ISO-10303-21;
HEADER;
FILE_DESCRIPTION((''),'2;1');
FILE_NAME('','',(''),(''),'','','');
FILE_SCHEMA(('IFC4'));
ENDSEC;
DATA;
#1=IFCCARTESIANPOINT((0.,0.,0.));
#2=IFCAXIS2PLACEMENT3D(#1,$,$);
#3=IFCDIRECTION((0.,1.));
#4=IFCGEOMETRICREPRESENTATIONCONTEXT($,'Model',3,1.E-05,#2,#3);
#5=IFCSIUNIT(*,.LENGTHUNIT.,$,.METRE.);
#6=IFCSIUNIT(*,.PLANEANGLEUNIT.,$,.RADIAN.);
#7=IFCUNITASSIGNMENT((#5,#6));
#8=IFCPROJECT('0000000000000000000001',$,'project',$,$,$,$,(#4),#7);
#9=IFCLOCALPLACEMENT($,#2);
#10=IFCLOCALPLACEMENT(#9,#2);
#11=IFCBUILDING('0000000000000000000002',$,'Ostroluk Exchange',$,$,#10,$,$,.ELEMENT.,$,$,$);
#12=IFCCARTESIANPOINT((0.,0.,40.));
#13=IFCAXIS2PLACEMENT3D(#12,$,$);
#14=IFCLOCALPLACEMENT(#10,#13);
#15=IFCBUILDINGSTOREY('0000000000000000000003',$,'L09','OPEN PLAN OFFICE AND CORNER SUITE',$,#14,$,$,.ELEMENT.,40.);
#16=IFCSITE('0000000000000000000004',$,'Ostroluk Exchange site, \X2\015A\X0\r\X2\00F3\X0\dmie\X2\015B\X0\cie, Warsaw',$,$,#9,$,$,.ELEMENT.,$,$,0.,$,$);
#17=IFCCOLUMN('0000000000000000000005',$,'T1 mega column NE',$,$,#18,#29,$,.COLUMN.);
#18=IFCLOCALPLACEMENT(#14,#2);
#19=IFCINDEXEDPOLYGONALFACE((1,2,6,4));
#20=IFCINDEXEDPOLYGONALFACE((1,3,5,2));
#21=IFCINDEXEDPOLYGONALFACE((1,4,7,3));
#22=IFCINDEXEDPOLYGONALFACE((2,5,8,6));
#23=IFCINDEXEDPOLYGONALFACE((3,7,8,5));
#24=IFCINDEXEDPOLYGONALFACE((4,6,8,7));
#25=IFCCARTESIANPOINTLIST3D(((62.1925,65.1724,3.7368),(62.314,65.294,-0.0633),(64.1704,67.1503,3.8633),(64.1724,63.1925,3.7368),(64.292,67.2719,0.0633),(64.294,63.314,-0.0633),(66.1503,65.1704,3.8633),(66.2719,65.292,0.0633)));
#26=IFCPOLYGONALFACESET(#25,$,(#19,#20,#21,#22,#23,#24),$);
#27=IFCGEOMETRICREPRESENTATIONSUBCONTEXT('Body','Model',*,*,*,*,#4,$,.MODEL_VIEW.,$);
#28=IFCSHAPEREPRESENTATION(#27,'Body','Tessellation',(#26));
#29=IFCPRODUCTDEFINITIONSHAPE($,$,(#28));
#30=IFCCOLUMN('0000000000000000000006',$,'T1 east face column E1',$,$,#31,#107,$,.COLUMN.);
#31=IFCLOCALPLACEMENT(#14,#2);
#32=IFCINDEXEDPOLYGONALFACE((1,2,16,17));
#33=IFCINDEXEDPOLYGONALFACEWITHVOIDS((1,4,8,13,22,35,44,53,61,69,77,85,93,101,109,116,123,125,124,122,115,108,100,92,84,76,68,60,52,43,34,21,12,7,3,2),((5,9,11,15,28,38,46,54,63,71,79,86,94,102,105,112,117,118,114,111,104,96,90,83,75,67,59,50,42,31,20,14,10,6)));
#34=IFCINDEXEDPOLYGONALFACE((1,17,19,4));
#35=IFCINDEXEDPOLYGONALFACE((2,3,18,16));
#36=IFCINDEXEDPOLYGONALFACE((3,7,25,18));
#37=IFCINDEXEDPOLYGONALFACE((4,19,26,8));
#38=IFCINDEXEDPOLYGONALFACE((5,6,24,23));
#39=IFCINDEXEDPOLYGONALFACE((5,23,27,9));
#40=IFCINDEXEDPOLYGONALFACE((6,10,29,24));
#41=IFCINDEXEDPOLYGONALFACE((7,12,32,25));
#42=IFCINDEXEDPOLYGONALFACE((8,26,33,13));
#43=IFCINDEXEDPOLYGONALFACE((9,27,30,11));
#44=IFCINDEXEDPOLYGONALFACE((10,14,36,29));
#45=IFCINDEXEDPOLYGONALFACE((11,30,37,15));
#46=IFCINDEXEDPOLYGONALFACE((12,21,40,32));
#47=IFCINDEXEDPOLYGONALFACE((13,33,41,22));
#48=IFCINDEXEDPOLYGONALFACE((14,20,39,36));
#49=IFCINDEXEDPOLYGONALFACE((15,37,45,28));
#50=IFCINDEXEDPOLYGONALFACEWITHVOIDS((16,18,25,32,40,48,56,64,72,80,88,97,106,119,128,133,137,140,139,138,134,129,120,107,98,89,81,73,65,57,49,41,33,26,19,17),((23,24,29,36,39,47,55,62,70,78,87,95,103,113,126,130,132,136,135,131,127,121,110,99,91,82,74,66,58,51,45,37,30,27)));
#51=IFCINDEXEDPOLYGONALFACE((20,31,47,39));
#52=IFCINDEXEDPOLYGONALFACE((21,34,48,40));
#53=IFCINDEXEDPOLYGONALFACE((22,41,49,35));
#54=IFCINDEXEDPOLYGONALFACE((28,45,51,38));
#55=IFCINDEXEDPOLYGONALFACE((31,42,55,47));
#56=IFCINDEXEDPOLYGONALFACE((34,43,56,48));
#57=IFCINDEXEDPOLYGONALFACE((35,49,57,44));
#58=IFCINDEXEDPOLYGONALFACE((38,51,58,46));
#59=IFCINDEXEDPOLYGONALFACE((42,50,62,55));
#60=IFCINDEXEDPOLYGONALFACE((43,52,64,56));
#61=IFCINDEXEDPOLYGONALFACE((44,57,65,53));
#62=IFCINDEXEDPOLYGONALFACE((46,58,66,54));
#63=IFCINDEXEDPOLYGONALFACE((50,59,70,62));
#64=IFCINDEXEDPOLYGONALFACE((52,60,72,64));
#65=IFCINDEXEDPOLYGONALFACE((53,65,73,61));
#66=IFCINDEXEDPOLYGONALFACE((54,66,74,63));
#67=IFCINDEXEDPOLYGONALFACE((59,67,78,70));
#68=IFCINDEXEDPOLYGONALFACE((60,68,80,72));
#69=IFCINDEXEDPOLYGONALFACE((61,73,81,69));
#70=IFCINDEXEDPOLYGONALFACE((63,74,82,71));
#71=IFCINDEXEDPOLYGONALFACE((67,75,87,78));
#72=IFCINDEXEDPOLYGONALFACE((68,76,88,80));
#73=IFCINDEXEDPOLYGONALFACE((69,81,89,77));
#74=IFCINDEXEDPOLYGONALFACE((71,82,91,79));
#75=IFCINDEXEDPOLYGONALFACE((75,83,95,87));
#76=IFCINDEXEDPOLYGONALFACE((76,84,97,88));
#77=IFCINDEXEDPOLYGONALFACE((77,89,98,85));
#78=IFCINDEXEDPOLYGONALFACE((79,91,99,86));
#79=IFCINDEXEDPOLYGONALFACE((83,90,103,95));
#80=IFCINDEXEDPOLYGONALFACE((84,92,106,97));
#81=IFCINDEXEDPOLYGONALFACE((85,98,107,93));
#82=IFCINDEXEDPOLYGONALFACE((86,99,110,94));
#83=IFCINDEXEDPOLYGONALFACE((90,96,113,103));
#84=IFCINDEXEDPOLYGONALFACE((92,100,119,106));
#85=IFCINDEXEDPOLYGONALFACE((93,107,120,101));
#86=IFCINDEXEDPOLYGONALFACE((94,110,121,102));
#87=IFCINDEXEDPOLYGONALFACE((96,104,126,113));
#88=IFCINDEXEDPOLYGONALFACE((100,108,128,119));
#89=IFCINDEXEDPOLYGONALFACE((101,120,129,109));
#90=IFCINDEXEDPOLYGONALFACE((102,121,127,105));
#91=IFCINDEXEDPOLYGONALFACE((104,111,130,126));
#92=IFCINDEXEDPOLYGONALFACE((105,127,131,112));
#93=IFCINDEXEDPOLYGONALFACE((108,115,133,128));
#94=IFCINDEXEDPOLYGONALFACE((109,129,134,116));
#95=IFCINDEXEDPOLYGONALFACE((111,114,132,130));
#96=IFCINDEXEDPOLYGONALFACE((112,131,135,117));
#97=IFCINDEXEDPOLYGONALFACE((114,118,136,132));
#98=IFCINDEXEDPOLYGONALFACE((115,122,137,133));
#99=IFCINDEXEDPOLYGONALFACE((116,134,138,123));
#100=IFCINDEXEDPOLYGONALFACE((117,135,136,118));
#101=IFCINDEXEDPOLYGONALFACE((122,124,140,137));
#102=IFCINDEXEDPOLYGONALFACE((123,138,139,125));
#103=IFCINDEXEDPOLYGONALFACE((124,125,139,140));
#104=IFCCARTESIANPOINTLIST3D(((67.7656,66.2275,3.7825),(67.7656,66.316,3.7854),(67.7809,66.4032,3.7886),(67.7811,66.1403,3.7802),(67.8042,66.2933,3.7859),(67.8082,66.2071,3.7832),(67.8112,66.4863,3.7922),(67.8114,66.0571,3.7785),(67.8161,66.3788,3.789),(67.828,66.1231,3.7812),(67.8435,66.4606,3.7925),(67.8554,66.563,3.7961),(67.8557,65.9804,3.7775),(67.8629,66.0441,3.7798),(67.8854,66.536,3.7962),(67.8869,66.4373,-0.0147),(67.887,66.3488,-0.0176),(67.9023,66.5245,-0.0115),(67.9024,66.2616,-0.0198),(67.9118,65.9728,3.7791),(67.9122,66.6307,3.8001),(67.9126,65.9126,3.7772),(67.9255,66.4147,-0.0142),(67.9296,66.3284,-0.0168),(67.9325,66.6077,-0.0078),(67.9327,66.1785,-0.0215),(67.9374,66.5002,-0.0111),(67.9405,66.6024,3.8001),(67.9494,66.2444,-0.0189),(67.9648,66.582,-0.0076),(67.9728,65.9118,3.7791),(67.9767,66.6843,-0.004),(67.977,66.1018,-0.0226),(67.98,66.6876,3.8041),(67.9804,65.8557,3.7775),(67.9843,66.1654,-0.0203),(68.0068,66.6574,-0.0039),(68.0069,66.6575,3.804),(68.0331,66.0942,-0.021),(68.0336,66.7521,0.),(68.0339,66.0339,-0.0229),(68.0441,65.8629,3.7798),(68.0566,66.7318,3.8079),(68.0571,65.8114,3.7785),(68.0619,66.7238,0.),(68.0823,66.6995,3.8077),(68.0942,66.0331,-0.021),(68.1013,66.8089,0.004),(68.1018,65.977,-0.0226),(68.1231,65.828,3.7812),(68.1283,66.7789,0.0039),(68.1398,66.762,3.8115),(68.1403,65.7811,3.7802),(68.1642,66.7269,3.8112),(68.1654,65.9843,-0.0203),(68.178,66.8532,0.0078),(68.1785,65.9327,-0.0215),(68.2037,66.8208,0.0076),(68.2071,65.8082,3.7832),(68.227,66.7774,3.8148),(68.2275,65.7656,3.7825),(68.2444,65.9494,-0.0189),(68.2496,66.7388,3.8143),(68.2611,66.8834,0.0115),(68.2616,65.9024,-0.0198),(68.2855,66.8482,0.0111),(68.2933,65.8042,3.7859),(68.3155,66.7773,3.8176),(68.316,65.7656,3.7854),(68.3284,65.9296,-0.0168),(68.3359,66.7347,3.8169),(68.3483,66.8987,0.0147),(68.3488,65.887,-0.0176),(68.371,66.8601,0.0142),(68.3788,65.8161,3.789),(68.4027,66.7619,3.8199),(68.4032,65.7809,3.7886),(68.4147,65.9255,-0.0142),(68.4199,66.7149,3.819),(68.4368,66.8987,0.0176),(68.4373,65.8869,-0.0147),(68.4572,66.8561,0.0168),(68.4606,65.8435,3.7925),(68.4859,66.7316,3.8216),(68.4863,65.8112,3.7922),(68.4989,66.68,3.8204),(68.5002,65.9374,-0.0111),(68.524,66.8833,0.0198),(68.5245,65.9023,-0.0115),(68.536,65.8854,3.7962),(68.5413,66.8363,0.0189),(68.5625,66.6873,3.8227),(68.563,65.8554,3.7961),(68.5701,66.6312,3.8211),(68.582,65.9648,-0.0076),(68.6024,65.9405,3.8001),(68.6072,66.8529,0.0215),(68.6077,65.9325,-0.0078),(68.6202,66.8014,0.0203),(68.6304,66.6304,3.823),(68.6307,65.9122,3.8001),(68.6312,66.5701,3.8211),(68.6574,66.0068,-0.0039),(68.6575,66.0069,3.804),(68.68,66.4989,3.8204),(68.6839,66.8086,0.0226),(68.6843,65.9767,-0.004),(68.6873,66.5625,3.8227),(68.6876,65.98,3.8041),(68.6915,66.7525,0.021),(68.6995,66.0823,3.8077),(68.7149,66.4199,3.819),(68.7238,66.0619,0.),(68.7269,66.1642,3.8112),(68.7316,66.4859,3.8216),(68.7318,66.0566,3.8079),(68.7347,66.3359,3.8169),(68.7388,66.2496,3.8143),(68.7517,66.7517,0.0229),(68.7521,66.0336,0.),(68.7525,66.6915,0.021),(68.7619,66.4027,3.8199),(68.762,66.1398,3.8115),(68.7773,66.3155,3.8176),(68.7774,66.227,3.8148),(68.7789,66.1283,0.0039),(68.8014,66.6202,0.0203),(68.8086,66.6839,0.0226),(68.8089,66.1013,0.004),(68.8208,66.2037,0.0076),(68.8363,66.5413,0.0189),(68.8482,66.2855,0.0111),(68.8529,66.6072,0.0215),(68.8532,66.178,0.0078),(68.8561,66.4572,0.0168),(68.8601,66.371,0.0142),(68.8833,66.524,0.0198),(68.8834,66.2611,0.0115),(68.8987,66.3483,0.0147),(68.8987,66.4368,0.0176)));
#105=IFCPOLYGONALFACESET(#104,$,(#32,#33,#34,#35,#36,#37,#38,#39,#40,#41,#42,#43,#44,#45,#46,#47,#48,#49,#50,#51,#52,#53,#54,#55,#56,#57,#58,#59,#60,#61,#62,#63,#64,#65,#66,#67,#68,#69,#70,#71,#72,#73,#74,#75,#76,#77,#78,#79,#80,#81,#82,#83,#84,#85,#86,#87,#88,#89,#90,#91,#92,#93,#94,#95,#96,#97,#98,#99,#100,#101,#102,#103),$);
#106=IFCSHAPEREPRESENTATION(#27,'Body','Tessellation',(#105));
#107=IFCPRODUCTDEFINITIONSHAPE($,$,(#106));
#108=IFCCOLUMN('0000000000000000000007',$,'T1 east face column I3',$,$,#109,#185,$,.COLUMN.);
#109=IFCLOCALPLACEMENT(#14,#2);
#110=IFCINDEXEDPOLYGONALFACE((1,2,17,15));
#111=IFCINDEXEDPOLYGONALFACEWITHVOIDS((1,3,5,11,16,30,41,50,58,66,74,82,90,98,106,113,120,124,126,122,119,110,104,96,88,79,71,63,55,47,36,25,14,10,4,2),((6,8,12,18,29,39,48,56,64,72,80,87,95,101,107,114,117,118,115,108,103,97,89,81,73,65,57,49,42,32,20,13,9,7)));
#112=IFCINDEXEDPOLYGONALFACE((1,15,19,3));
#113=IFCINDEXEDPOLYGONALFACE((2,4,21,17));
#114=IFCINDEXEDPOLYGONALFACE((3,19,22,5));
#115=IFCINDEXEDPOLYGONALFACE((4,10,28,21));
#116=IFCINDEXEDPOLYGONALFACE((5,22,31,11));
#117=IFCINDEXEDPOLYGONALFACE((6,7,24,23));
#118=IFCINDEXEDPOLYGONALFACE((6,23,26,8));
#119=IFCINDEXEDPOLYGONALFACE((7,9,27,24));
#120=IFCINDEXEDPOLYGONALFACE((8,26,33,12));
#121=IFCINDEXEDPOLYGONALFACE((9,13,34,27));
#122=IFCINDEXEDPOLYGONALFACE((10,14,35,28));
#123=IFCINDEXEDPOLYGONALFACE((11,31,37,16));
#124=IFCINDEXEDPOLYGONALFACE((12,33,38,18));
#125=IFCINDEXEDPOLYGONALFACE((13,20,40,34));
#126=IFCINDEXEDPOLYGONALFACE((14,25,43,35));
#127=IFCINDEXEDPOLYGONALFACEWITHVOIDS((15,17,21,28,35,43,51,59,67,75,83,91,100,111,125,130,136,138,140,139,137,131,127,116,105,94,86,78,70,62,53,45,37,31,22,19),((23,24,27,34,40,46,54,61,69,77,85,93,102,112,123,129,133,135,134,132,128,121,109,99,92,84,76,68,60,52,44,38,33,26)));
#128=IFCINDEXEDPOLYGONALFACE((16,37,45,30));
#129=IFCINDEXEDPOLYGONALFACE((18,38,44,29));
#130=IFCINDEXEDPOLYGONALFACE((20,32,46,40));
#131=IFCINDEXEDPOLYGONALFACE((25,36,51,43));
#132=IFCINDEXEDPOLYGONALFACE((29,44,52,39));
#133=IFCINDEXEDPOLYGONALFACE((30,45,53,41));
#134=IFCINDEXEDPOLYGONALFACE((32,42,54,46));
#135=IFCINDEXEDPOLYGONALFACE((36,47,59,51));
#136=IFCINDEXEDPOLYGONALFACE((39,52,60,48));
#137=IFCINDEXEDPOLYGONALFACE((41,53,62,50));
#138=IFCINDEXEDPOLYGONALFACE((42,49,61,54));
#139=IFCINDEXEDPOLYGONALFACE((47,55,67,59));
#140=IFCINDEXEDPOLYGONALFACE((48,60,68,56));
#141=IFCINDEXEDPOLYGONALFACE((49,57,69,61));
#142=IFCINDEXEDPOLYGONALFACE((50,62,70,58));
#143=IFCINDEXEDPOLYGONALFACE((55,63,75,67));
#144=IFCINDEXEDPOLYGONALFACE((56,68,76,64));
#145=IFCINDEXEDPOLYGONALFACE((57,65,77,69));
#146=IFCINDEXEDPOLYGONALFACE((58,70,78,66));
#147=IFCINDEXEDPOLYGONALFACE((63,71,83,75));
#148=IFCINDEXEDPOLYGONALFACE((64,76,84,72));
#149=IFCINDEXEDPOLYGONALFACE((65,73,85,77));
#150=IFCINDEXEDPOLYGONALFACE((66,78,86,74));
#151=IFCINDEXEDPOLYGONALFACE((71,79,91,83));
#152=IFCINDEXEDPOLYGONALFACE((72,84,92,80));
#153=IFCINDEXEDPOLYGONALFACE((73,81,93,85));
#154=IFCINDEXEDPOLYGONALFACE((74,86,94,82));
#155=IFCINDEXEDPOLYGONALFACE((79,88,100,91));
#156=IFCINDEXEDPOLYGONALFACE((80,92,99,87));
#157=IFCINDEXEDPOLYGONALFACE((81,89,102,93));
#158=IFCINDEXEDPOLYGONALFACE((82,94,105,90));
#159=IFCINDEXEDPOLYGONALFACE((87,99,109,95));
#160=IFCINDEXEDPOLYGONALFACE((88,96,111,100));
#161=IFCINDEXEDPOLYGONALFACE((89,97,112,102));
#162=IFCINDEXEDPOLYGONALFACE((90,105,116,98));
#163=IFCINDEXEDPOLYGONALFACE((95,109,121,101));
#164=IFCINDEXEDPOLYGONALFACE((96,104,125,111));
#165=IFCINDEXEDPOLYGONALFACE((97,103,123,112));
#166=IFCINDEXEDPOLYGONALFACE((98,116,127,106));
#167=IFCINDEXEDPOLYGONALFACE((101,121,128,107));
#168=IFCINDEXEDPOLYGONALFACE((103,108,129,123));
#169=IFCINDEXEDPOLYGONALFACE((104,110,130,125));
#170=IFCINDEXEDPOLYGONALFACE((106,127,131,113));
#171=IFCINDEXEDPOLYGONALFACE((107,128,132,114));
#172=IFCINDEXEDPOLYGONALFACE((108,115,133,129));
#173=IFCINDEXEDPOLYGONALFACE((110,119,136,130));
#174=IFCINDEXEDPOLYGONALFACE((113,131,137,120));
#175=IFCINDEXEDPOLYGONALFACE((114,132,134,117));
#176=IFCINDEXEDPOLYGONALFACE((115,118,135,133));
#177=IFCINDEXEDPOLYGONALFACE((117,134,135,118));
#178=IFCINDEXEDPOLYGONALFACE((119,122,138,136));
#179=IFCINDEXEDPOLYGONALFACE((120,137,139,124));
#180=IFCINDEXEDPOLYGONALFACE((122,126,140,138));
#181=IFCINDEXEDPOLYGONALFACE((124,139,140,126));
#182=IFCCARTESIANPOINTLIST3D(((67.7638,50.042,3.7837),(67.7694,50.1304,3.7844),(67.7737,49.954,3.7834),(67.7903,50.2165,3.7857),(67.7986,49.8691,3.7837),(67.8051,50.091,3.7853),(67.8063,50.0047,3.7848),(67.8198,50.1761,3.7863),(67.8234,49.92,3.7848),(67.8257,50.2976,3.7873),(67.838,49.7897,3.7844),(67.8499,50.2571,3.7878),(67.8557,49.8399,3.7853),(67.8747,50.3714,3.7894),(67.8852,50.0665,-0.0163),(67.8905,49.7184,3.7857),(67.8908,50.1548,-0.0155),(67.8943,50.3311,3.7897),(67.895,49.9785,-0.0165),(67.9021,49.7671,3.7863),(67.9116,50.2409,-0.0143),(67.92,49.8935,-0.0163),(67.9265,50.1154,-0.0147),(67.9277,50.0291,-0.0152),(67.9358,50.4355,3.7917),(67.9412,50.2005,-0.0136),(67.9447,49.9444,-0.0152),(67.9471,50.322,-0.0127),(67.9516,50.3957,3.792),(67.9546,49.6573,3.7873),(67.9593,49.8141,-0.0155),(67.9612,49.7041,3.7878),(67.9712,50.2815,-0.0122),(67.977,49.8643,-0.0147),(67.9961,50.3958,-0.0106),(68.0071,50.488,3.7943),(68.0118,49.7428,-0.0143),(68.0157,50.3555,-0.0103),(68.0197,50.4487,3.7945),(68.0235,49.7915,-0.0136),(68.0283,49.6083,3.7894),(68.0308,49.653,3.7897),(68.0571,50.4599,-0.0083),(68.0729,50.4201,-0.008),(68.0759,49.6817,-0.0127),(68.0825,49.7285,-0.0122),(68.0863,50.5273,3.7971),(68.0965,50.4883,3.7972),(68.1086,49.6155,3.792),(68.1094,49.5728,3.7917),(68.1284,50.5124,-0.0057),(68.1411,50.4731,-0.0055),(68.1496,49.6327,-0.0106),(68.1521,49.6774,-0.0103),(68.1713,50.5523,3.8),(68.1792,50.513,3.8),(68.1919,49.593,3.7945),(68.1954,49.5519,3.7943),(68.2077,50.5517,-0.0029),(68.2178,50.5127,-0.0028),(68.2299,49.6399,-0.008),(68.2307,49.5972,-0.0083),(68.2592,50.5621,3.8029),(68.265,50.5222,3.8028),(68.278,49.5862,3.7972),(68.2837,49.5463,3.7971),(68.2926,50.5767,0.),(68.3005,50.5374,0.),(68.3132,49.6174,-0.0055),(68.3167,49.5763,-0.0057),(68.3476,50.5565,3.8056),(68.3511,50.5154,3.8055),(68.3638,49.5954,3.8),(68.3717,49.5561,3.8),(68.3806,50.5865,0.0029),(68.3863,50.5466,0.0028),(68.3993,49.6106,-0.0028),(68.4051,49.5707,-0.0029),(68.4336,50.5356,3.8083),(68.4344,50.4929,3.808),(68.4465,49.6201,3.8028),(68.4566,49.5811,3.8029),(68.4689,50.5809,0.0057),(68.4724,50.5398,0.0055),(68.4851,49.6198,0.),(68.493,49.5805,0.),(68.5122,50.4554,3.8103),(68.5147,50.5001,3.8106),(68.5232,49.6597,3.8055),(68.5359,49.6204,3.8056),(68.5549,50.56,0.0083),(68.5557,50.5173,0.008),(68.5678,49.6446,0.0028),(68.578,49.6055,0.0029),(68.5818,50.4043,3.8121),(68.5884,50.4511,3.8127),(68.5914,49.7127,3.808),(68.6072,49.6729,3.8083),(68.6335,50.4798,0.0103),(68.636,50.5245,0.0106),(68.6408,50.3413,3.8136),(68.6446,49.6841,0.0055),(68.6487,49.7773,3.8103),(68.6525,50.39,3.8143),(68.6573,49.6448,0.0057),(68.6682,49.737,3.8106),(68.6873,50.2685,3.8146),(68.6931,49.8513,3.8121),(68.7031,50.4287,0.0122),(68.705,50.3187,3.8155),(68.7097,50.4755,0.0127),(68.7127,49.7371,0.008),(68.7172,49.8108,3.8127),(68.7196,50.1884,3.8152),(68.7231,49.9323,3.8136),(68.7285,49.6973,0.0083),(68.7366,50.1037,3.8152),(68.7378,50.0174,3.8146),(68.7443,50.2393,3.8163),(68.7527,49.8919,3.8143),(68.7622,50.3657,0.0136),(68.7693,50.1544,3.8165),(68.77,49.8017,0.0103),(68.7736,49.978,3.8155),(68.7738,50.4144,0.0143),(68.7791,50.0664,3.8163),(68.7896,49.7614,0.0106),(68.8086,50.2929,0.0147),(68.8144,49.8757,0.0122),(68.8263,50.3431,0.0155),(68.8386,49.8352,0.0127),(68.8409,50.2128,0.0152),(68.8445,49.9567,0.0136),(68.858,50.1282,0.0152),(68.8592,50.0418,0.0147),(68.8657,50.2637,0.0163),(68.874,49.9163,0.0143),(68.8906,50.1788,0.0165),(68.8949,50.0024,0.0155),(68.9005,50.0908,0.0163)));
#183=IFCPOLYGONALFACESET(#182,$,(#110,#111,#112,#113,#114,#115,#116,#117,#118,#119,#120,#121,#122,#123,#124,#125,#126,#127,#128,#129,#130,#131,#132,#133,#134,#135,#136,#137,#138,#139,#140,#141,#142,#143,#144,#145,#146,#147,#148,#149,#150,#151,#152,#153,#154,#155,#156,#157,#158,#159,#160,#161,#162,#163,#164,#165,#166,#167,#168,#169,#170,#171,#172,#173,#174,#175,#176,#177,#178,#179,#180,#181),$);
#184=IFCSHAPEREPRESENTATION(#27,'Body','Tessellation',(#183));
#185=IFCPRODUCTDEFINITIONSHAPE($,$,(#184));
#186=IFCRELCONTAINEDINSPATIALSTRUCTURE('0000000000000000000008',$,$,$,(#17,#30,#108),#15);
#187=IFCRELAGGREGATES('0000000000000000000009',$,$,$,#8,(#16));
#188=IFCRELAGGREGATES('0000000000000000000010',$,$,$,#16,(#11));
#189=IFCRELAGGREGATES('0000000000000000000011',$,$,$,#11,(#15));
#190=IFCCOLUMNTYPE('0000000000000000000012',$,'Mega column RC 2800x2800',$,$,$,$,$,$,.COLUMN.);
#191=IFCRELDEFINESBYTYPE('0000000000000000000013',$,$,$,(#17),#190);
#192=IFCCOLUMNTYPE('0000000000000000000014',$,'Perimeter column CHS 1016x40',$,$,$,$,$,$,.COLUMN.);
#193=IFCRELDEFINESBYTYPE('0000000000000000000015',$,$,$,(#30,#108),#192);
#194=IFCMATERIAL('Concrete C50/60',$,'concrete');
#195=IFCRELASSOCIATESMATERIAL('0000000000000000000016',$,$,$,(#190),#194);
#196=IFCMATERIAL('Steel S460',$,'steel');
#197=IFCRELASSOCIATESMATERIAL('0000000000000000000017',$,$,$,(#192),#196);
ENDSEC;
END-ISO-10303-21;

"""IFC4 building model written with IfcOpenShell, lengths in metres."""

from ifc_helpers import new_model, si_unit, direction, frame, origin, origin_2d, place, context, subcontext, project, spatial, rectangle, hollow_circle, extrude, material, material_profile, profile_set, type_object, element, save


model = new_model("IFC4")

# Units and contexts
model_context = context("Model", 3, precision=1e-05, world=origin(), true_north=direction((0.0, 1.0)))
body_context = subcontext(model_context, "Body", "Model", "MODEL_VIEW")
ifc_project = project(units=[si_unit("LENGTHUNIT", "METRE"), si_unit("PLANEANGLEUNIT", "RADIAN")], contexts=[model_context])

# Site, building, storey
site_placement = place(None, origin())
site = spatial("IfcSite", under=ifc_project, at=site_placement, Name="Ostroluk Exchange site, Śródmieście, Warsaw", CompositionType="ELEMENT", RefElevation=0.0)
building_placement = place(site_placement, origin())
building = spatial("IfcBuilding", under=site, at=building_placement, Name="Ostroluk Exchange", CompositionType="ELEMENT")
storey_placement = place(building_placement, frame((0.0, 0.0, 40.0)))
storey = spatial("IfcBuildingStorey", under=building, at=storey_placement, Name="L09", Description="OPEN PLAN OFFICE AND CORNER SUITE", CompositionType="ELEMENT", Elevation=40.0)

# Columns
ifc_material_1 = material(Name="Concrete C50/60", Category="concrete")
ifc_material_profile_1 = material_profile(ifc_material_1, rectangle(XDim=2.8, YDim=2.8, at=origin_2d()), Name="RC 2800x2800")
ifc_profile_set_1 = profile_set([ifc_material_profile_1], Name="Concrete C50/60")
column_type_1 = type_object("IfcColumnType", Name="Mega column RC 2800x2800", PredefinedType="COLUMN", material=ifc_profile_set_1)
column_1_placement = place(storey_placement, frame((64.293, 65.293, 0.0), z_axis=(-0.031962, -0.031962, 0.998978), x_axis=(0.707107, -0.707107, 0.0)))
element("IfcColumn", 1, at=column_1_placement, inside=storey, type_object=column_type_1, Name="T1 mega column NE", PredefinedType="COLUMN", context=body_context, shape_type="SweptSolid", body=[
    extrude(rectangle(XDim=2.8, YDim=2.8, at=origin_2d()), origin(), (0.0, 0.0, 1.0), 3.804),
])
ifc_material_2 = material(Name="Steel S460", Category="steel")
ifc_material_profile_2 = material_profile(ifc_material_2, hollow_circle(Radius=0.5081, WallThickness=0.04, at=origin_2d()), Name="CHS 1016x40")
ifc_profile_set_2 = profile_set([ifc_material_profile_2], Name="Steel S460")
column_type_2 = type_object("IfcColumnType", Name="Perimeter column CHS 1016x40", PredefinedType="COLUMN", material=ifc_profile_set_2)
column_2_placement = place(storey_placement, frame((68.3928, 66.3928, 0.0), z_axis=(-0.031898, -0.031898, 0.998982), x_axis=(0.707107, -0.707107, 0.0)))
element("IfcColumn", 2, at=column_2_placement, inside=storey, type_object=column_type_2, Name="T1 east face column E1", PredefinedType="COLUMN", context=body_context, shape_type="SweptSolid", body=[
    extrude(hollow_circle(Radius=0.5081, WallThickness=0.04, at=origin_2d()), origin(), (0.0, 0.0, 1.0), 3.804),
])
column_3_placement = place(storey_placement, frame((68.3928, 50.0786, 0.0), z_axis=(-0.031914, -0.006421, 0.99947), x_axis=(0.197254, -0.980352, 0.0)))
element("IfcColumn", 3, at=column_3_placement, inside=storey, type_object=column_type_2, Name="T1 east face column I3", PredefinedType="COLUMN", context=body_context, shape_type="SweptSolid", body=[
    extrude(hollow_circle(Radius=0.5081, WallThickness=0.04, at=origin_2d()), origin(), (0.0, 0.0, 1.0), 3.802),
])

save(model, "model.ifc")
